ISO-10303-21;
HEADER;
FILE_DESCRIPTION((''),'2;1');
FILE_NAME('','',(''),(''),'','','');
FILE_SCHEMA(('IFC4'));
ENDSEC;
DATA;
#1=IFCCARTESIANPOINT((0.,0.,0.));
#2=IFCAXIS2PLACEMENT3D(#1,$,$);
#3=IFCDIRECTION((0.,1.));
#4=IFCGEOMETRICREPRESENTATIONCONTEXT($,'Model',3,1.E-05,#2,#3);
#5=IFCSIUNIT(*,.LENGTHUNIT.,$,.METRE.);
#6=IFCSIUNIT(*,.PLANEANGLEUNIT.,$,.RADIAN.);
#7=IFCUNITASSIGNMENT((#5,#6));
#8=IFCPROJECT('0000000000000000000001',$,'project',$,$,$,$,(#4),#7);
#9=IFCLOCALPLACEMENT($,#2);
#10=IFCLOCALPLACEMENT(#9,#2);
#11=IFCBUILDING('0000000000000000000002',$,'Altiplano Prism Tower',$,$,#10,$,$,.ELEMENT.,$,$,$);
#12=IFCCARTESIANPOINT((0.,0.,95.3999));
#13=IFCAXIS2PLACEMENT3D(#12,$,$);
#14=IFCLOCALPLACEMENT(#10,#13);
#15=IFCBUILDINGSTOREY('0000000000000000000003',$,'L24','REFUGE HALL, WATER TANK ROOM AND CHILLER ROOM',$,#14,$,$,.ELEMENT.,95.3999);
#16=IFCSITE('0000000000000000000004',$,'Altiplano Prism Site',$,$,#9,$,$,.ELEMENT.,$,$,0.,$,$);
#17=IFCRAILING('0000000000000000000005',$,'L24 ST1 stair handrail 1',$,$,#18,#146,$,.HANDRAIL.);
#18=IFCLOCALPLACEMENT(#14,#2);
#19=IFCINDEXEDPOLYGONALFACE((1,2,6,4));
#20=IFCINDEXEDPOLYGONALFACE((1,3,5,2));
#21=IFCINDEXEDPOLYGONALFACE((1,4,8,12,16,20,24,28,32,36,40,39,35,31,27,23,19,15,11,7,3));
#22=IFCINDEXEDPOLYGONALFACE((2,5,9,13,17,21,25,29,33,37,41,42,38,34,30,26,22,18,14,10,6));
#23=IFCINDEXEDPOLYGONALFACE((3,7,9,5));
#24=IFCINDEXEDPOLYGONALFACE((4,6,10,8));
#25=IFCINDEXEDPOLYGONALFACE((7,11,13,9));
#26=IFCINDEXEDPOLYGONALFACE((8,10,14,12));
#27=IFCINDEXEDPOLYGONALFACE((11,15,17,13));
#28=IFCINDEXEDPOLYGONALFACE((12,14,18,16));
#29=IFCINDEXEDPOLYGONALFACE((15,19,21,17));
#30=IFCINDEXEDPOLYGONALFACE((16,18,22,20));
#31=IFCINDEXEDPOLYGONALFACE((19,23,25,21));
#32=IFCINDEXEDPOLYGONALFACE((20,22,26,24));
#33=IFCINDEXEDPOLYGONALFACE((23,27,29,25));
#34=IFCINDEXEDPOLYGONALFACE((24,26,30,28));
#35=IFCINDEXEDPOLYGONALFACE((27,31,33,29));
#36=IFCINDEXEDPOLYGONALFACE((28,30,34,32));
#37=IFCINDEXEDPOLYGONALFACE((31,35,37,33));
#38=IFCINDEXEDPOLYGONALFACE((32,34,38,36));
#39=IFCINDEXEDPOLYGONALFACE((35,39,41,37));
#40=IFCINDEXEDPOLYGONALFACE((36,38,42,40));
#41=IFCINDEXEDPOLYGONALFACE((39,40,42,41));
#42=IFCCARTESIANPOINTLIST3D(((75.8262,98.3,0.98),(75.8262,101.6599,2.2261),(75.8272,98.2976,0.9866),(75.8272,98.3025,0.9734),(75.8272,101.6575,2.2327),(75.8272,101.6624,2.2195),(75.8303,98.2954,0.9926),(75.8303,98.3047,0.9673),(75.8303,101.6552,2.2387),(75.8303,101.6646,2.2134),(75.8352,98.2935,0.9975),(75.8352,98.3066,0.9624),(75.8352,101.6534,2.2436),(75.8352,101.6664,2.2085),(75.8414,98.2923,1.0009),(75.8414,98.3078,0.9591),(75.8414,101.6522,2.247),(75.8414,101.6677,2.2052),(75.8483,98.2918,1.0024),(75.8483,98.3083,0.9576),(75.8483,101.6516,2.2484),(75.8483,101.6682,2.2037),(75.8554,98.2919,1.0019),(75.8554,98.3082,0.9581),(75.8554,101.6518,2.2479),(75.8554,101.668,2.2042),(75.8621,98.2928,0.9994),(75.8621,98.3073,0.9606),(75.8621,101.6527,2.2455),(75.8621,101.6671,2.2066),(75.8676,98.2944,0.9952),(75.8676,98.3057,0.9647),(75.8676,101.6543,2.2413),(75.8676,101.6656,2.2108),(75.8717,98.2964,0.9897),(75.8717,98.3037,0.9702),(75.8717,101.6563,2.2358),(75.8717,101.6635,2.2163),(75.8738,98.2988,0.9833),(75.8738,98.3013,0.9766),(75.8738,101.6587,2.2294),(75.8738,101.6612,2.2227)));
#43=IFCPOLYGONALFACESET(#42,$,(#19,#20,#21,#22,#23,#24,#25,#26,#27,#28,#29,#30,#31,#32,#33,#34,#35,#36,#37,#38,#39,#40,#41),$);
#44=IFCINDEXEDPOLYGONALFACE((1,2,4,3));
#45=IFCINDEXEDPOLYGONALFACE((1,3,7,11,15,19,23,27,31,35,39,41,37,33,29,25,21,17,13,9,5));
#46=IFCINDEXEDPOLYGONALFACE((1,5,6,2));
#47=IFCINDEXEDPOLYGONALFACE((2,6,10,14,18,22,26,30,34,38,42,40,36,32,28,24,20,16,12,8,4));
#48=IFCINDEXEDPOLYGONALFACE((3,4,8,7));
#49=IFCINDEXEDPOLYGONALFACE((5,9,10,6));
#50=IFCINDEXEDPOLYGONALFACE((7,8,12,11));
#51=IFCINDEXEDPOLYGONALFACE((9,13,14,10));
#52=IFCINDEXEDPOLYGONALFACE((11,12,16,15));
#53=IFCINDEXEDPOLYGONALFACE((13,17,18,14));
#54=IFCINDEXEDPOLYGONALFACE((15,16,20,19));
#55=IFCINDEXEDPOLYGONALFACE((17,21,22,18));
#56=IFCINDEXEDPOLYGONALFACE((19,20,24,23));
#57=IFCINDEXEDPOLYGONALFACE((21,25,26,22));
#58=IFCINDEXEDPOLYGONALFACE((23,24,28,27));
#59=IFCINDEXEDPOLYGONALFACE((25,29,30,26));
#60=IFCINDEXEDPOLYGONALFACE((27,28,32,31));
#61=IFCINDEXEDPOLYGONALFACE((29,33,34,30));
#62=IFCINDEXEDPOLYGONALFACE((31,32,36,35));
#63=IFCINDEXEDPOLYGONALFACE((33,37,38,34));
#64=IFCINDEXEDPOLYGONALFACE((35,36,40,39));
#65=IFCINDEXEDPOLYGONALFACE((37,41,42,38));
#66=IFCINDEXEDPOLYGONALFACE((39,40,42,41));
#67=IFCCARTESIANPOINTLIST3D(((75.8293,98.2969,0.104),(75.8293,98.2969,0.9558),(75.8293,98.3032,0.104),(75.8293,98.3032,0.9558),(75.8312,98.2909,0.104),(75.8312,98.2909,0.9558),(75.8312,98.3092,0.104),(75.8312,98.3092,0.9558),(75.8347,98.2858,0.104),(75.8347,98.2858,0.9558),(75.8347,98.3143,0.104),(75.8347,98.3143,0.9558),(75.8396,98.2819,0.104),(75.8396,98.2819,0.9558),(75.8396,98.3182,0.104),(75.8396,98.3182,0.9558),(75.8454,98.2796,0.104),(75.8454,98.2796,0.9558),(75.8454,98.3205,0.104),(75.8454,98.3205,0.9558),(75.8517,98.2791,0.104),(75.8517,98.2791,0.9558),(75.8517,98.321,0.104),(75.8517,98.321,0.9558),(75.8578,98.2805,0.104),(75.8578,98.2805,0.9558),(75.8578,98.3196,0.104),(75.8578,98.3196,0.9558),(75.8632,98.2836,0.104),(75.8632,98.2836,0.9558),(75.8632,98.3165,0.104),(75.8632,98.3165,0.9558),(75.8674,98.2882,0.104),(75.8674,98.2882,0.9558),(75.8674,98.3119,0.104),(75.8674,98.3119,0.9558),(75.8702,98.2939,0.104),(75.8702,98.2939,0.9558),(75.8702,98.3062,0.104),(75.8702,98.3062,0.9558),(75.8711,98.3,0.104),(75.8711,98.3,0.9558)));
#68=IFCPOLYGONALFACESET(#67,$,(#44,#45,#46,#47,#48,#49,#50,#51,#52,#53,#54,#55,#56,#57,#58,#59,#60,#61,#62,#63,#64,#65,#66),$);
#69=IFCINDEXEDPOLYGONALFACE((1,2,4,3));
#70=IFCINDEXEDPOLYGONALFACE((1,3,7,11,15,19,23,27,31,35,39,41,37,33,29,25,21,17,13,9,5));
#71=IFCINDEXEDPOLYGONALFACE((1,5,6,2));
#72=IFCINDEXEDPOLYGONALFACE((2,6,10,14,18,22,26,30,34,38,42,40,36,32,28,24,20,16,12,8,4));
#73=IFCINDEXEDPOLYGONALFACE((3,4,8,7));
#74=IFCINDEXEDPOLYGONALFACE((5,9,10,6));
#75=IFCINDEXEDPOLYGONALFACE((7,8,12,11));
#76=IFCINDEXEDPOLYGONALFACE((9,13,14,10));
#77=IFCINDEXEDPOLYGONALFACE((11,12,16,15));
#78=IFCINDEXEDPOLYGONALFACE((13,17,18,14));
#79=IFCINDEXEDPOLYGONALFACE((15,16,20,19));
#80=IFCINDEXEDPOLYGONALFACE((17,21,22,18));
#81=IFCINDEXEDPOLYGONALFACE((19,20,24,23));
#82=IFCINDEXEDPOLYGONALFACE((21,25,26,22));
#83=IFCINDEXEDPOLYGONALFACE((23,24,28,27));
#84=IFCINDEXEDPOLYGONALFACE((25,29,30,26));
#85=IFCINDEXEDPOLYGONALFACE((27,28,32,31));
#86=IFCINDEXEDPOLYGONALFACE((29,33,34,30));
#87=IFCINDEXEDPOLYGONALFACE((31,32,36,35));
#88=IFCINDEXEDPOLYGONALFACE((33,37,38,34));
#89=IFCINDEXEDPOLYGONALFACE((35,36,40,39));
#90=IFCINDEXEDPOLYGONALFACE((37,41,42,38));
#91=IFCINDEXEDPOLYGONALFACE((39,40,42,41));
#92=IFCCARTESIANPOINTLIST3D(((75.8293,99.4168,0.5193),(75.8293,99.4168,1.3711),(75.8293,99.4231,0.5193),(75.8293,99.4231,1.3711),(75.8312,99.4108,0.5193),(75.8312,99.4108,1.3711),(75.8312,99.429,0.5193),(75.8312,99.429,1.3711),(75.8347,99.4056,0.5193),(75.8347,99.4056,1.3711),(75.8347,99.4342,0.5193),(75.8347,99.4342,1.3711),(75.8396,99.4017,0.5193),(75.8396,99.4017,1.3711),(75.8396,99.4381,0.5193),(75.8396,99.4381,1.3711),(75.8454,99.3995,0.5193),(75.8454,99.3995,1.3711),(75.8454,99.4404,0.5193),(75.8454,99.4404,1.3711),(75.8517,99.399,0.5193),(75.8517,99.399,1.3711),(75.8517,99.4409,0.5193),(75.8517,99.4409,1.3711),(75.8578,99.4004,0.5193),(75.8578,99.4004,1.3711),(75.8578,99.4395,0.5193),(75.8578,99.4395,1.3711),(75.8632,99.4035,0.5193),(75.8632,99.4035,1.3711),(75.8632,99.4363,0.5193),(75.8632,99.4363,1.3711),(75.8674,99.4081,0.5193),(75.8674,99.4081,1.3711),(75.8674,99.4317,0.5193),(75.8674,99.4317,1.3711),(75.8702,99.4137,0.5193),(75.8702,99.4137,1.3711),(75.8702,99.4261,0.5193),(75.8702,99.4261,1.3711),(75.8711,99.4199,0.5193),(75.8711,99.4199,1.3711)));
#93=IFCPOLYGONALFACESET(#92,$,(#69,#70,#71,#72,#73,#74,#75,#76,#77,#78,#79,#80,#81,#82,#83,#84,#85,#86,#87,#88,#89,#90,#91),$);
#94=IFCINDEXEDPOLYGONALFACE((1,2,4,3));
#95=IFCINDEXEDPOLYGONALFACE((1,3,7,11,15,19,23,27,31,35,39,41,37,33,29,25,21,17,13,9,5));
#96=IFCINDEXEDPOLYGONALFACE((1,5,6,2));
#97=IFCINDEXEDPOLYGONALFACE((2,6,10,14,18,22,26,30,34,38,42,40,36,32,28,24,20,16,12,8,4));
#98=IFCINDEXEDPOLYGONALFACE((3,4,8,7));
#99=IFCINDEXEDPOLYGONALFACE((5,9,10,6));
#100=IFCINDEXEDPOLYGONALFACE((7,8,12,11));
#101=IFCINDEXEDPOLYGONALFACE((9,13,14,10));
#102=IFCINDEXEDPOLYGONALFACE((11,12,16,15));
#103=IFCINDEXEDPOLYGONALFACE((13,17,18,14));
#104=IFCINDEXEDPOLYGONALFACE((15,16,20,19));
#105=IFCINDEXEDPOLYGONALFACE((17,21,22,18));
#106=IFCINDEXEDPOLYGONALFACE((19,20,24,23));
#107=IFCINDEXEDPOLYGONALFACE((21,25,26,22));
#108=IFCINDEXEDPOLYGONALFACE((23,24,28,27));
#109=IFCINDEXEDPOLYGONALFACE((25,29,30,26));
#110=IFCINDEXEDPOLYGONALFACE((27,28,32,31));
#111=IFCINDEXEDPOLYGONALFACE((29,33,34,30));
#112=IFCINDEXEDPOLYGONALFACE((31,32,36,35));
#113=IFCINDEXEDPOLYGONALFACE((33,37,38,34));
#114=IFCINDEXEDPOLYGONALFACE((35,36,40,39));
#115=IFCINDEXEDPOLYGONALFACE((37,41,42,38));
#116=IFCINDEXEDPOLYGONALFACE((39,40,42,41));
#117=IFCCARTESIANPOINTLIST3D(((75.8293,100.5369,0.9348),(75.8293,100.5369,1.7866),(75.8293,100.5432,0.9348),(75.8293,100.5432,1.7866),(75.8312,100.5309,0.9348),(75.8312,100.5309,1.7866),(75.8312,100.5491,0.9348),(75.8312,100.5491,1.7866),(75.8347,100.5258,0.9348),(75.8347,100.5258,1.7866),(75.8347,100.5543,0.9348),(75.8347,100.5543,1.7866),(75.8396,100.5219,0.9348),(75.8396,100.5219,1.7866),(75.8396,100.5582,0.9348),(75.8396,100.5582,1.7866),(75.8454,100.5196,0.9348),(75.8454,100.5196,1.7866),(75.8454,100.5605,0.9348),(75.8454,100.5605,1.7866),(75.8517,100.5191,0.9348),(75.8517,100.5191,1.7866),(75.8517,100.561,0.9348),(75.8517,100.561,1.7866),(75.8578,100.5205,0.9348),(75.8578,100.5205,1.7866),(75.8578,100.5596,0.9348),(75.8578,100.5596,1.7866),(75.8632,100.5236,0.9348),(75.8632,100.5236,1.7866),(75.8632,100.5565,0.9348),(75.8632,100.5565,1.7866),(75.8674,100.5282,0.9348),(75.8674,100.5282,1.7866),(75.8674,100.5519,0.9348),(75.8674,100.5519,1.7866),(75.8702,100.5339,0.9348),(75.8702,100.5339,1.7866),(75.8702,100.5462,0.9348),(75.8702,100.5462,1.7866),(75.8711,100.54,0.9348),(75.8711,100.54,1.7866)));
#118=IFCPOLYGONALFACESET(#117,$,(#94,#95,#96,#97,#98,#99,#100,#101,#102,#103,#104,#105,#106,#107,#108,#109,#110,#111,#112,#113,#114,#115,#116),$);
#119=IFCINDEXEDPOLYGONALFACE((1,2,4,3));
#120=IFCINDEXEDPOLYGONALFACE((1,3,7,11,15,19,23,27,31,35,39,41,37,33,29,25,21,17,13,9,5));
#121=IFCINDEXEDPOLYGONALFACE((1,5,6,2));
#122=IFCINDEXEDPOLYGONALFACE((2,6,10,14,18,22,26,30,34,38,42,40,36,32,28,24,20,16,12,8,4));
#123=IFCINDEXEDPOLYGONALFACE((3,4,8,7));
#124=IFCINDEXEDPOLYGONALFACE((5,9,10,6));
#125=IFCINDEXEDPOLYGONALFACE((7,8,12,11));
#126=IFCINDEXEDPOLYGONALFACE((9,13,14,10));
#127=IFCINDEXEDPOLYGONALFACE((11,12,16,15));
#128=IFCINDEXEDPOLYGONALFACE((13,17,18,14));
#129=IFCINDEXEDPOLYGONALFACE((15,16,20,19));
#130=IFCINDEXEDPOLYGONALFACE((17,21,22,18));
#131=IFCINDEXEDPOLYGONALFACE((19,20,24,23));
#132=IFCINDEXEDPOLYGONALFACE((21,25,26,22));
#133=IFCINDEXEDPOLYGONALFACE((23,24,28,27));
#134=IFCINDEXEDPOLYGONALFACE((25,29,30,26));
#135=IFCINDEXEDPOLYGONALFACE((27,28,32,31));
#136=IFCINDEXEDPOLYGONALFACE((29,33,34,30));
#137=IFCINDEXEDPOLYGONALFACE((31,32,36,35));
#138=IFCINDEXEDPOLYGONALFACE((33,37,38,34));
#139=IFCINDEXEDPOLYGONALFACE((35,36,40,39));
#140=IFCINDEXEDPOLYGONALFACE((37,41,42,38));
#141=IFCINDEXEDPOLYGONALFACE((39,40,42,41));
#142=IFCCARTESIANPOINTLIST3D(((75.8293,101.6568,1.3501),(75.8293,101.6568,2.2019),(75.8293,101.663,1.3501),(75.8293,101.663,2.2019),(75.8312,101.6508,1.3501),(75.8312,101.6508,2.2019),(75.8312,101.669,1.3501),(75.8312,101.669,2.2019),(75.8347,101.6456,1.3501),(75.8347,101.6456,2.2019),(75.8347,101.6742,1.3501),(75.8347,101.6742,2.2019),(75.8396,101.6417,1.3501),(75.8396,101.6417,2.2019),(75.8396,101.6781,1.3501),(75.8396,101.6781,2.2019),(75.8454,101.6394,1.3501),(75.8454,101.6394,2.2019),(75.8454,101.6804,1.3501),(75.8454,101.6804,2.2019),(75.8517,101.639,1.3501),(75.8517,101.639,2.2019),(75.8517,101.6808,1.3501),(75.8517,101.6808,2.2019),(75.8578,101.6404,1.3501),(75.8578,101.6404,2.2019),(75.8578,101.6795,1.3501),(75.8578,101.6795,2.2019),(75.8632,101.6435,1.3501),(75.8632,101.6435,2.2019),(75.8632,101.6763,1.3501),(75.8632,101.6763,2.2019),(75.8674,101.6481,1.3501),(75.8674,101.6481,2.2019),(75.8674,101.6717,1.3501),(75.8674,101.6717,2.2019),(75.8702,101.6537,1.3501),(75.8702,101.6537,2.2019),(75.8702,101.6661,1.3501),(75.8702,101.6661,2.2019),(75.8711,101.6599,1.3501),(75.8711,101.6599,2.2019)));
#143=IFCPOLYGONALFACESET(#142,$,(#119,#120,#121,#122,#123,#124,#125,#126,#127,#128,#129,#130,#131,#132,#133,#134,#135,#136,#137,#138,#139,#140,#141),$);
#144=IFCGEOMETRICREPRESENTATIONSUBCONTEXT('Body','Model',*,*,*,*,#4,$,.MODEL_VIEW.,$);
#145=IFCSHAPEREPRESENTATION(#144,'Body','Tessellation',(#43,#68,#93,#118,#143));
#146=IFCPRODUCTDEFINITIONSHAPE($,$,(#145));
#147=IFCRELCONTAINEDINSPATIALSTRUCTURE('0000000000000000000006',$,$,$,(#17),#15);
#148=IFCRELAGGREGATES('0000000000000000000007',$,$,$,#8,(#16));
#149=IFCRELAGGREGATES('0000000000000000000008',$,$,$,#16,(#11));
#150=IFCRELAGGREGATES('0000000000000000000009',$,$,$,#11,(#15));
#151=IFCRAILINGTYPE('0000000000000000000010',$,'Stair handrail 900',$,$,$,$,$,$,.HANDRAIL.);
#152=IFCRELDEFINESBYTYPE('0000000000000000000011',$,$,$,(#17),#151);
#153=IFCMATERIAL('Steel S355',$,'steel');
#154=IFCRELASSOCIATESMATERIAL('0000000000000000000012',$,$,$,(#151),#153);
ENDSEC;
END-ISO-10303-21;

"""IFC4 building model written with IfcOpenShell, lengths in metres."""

from ifc_helpers import new_model, si_unit, direction, frame, origin, origin_2d, place, context, subcontext, project, spatial, circle, extrude, material, type_object, element, save


model = new_model("IFC4")

# Units and contexts
model_context = context("Model", 3, precision=1e-05, world=origin(), true_north=direction((0.0, 1.0)))
body_context = subcontext(model_context, "Body", "Model", "MODEL_VIEW")
ifc_project = project(units=[si_unit("LENGTHUNIT", "METRE"), si_unit("PLANEANGLEUNIT", "RADIAN")], contexts=[model_context])

# Site, building, storey
site_placement = place(None, origin())
site = spatial("IfcSite", under=ifc_project, at=site_placement, Name="Altiplano Prism Site", CompositionType="ELEMENT", RefElevation=0.0)
building_placement = place(site_placement, origin())
building = spatial("IfcBuilding", under=site, at=building_placement, Name="Altiplano Prism Tower", CompositionType="ELEMENT")
storey_placement = place(building_placement, frame((0.0, 0.0, 95.3999)))
storey = spatial("IfcBuildingStorey", under=building, at=storey_placement, Name="L24", Description="REFUGE HALL, WATER TANK ROOM AND CHILLER ROOM", CompositionType="ELEMENT", Elevation=95.3999)

# Railing
ifc_material_1 = material(Name="Steel S355", Category="steel")
railing_type = type_object("IfcRailingType", Name="Stair handrail 900", PredefinedType="HANDRAIL", material=ifc_material_1)
for number, where, name in (
    (1, (75.8501, 98.3, 0.104), "L24 ST1 stair handrail 1"),
):
    element("IfcRailing", number, at=place(storey_placement, frame(where)), inside=storey, type_object=railing_type, Name=name, PredefinedType="HANDRAIL", context=body_context, shape_type="SweptSolid", body=[
        extrude(circle(Radius=0.0239, at=origin_2d()), frame((0.0, 0.0, 0.876), z_axis=(0.0, 0.937594, 0.347731), x_axis=(-1.0, 0.0, 0.0)), (0.0, 0.0, 1.0), 3.5835),
        extrude(circle(Radius=0.021, at=origin_2d()), origin(), (0.0, 0.0, 1.0), 0.8518),
        extrude(circle(Radius=0.021, at=origin_2d()), frame((0.0, 1.1199, 0.4153)), (0.0, 0.0, 1.0), 0.8518),
        extrude(circle(Radius=0.021, at=origin_2d()), frame((0.0, 2.24, 0.8308)), (0.0, 0.0, 1.0), 0.8518),
        extrude(circle(Radius=0.021, at=origin_2d()), frame((0.0, 3.3599, 1.2461)), (0.0, 0.0, 1.0), 0.8518),
    ])

save(model, "model.ifc")
